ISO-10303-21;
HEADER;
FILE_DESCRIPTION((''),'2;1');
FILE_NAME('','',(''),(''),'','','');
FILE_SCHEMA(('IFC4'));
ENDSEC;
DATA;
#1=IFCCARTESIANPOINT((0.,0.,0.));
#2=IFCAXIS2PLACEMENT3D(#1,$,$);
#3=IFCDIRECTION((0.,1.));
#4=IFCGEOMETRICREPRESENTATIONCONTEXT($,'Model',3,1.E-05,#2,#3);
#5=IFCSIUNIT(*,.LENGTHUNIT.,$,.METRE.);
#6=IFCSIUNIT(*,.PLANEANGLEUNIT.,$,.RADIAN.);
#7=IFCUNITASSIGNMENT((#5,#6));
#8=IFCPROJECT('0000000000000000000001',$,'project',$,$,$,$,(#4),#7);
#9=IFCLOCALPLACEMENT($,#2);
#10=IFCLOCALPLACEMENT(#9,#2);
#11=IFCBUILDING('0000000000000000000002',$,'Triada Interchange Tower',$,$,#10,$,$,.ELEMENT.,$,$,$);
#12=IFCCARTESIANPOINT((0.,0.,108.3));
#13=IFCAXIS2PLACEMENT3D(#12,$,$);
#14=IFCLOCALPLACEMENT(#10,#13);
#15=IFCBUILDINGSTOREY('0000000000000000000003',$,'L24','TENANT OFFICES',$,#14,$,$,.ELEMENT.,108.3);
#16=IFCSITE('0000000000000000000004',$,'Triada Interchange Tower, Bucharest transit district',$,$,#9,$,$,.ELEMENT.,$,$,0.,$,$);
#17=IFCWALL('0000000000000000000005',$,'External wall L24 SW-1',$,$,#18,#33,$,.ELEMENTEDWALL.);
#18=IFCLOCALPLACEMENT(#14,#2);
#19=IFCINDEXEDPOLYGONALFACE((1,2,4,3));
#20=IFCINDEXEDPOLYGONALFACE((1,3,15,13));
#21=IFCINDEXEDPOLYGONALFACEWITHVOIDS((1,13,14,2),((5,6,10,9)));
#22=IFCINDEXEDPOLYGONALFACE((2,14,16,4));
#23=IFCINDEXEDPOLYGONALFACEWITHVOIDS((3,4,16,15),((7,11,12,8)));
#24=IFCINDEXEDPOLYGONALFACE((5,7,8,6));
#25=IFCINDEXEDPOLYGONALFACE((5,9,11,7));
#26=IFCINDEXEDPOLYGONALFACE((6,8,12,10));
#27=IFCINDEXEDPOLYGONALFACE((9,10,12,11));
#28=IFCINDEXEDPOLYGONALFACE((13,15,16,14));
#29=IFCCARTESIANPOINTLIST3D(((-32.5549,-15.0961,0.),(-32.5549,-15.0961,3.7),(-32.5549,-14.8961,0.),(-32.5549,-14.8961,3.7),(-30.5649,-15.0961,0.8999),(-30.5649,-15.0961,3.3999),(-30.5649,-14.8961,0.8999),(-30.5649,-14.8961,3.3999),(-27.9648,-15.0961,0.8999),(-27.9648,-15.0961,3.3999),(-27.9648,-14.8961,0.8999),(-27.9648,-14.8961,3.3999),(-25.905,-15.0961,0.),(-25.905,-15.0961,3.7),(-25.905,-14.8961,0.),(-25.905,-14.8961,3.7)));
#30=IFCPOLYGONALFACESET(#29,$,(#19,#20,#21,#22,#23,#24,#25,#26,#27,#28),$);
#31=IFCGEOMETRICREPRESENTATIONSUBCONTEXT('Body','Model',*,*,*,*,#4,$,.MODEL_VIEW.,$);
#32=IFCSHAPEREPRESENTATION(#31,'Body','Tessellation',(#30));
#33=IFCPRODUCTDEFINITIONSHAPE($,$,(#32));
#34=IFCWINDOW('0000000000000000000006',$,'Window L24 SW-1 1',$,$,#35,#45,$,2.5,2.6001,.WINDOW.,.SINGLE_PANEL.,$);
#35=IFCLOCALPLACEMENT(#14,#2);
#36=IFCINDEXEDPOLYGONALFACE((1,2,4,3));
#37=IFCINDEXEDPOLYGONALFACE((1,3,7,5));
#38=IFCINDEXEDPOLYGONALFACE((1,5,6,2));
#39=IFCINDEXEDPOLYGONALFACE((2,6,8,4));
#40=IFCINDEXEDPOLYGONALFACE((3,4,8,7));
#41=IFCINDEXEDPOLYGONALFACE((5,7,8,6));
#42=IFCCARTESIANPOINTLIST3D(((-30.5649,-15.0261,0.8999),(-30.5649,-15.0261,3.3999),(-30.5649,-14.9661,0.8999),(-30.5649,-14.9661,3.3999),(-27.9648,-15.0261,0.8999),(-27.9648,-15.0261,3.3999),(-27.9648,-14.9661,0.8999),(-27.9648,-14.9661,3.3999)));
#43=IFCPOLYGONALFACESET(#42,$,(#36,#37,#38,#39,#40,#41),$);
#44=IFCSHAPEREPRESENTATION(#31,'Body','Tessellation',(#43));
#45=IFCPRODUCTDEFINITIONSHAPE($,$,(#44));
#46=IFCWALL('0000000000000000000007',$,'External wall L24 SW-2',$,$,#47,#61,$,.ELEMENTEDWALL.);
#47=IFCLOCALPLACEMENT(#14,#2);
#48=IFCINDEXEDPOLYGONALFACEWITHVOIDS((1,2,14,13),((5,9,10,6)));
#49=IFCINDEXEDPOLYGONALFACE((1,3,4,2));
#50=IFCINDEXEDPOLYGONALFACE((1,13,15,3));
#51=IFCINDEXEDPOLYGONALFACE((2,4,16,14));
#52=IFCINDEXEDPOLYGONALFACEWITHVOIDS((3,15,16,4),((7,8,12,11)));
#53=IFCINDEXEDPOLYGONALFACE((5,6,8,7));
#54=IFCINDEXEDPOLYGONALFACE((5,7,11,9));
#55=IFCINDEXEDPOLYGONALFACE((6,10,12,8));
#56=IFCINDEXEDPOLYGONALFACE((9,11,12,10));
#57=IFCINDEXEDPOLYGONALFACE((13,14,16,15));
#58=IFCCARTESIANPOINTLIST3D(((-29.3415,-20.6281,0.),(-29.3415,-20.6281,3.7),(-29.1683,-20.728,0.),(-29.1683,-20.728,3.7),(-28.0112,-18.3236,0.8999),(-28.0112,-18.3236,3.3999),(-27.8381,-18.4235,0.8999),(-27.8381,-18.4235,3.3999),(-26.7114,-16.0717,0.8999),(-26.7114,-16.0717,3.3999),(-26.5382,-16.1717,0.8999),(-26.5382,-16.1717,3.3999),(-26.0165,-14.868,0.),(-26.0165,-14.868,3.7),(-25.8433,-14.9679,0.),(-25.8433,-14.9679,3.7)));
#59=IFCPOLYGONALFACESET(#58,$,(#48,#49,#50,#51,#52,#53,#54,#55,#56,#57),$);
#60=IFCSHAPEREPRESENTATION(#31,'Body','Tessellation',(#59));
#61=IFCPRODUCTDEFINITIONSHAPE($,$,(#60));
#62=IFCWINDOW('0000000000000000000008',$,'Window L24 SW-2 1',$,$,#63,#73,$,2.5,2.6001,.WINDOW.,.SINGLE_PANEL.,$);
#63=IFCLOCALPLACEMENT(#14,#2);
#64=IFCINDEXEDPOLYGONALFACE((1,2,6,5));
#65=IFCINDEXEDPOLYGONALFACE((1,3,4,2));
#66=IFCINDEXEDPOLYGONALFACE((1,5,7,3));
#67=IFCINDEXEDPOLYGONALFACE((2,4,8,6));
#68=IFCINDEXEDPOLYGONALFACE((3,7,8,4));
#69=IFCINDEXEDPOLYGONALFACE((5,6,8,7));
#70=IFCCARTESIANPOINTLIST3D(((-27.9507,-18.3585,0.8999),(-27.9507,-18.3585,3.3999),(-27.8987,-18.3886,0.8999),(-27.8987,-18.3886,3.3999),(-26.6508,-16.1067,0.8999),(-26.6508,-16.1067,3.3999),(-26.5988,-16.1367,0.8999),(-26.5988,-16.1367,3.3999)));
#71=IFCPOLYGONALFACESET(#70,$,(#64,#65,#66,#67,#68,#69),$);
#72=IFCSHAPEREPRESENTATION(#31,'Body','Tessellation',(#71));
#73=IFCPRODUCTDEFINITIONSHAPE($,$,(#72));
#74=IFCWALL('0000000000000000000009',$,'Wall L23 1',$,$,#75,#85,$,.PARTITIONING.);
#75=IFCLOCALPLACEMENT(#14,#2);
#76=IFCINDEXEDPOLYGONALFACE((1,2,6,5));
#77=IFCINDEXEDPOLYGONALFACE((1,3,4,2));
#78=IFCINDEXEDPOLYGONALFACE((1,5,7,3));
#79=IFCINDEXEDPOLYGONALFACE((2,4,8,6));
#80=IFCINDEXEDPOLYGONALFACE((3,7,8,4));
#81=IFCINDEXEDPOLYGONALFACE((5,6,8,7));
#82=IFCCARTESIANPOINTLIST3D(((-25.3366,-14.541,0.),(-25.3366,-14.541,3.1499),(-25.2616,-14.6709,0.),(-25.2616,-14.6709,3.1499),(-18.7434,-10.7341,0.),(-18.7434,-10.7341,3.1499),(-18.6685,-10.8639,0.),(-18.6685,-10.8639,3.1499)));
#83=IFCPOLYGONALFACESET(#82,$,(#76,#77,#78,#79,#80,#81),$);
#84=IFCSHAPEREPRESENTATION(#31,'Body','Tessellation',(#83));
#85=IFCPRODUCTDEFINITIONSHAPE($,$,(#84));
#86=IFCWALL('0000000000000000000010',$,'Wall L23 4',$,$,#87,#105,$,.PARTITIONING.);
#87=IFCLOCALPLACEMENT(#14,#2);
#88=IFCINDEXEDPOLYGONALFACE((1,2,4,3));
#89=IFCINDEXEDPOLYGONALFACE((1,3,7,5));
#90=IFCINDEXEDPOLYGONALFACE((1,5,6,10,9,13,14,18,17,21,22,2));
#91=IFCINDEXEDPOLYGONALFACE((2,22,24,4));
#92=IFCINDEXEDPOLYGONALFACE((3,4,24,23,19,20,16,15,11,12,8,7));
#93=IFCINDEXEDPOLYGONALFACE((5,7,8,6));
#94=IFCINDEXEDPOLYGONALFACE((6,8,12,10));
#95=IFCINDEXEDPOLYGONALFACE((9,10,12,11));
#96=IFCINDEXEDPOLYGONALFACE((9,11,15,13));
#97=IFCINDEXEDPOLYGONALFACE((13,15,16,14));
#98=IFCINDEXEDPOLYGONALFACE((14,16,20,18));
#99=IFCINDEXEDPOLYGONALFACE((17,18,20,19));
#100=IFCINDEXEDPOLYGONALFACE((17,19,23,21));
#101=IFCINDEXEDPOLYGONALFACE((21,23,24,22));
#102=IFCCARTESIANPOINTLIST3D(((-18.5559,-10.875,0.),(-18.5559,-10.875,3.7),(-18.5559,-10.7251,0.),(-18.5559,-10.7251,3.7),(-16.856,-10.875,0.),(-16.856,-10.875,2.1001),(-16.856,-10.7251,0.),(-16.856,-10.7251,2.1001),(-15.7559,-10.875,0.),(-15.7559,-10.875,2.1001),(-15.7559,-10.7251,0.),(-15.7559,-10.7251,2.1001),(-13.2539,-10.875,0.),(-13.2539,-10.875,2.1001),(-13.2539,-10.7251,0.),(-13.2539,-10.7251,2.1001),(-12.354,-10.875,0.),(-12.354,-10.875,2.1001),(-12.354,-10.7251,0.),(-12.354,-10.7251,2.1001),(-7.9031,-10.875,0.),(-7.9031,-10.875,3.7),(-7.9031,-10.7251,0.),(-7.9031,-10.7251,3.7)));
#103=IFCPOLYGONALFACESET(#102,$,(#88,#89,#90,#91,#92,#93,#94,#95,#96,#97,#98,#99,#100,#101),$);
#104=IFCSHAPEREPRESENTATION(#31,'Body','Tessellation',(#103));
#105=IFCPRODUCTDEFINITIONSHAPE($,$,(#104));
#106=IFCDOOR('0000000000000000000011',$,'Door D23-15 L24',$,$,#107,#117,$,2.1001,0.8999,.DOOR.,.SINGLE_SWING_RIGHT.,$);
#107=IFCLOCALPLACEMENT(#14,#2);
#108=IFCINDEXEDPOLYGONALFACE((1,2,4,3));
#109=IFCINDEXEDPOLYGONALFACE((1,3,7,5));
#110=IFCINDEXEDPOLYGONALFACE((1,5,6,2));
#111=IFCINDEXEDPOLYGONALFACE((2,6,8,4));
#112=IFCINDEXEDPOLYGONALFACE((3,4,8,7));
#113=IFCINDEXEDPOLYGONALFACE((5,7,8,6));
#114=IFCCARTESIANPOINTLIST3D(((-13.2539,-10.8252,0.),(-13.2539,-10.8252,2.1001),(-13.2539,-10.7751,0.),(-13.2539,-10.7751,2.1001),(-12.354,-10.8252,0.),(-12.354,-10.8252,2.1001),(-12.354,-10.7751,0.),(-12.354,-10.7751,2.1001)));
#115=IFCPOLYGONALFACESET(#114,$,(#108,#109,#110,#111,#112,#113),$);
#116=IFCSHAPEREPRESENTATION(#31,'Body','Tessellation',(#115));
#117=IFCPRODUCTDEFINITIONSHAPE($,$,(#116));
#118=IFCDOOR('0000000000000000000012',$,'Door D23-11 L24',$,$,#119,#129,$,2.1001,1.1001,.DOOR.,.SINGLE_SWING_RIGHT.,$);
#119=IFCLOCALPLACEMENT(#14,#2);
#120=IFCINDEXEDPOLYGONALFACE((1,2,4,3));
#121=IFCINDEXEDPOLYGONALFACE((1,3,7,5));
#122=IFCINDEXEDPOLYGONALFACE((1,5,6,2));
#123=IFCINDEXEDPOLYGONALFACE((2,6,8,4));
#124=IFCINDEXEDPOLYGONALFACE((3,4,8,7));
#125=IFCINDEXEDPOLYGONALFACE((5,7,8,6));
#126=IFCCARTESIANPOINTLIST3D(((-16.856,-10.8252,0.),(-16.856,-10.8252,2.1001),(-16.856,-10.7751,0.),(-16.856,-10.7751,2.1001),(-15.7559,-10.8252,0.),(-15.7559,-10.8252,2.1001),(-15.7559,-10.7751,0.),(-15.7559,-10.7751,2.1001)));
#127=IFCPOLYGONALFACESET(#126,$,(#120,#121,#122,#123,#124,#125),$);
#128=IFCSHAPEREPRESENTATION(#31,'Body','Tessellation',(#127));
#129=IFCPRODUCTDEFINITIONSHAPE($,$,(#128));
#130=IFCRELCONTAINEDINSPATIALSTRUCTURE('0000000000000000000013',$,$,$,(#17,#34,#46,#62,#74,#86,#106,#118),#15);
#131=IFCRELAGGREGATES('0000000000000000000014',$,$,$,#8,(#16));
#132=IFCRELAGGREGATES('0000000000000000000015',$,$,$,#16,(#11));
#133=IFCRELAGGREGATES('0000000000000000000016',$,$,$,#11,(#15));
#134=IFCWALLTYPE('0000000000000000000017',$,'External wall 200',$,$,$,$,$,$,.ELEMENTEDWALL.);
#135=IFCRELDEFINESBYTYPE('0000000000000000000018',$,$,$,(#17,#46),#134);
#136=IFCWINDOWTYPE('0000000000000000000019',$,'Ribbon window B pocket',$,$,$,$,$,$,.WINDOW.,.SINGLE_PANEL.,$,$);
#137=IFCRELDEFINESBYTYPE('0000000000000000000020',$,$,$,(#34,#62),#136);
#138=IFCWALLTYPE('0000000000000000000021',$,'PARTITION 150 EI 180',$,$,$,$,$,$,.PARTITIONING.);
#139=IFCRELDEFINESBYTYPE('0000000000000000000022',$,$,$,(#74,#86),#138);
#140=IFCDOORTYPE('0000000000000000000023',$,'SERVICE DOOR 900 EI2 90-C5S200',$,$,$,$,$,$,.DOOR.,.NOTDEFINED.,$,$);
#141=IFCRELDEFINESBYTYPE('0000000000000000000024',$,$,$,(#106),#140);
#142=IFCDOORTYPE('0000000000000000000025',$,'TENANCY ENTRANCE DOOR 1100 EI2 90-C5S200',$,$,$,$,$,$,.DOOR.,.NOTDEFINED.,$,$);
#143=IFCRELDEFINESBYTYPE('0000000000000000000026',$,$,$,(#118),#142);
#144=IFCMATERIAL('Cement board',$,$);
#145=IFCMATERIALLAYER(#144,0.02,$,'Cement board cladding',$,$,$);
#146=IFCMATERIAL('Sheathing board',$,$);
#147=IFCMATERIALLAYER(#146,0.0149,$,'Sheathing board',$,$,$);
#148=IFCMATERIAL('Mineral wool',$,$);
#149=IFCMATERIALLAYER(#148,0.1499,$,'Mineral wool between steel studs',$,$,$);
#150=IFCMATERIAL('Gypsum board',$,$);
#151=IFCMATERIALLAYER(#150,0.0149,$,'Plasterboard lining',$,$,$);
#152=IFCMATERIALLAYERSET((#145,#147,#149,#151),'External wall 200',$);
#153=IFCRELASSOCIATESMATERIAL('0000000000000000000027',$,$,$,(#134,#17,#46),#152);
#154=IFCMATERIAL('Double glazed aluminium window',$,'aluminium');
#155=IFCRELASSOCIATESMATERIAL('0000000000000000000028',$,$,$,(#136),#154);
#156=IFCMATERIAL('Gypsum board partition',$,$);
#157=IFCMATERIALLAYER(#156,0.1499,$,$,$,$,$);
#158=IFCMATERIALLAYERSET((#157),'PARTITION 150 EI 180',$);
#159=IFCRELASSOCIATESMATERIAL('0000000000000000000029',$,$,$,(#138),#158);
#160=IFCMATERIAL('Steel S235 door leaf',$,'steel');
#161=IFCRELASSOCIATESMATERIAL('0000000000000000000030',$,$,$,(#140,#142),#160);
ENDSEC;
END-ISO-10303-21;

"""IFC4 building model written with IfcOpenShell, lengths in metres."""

from ifc_helpers import new_model, si_unit, direction, frame, frame_2d, origin, place, context, subcontext, project, spatial, rectangle, extrude, material, layer, layer_set, layer_usage, type_object, element, fill, save


model = new_model("IFC4")

# Units and contexts
model_context = context("Model", 3, precision=1e-05, world=origin(), true_north=direction((0.0, 1.0)))
body_context = subcontext(model_context, "Body", "Model", "MODEL_VIEW")
ifc_project = project(units=[si_unit("LENGTHUNIT", "METRE"), si_unit("PLANEANGLEUNIT", "RADIAN")], contexts=[model_context])

# Site, building, storey
site_placement = place(None, origin())
site = spatial("IfcSite", under=ifc_project, at=site_placement, Name="Triada Interchange Tower, Bucharest transit district", CompositionType="ELEMENT", RefElevation=0.0)
building_placement = place(site_placement, origin())
building = spatial("IfcBuilding", under=site, at=building_placement, Name="Triada Interchange Tower", CompositionType="ELEMENT")
storey_placement = place(building_placement, frame((0.0, 0.0, 108.3)))
storey = spatial("IfcBuildingStorey", under=building, at=storey_placement, Name="L24", Description="TENANT OFFICES", CompositionType="ELEMENT", Elevation=108.3)

# Walls, openings, windows
ifc_material_1 = material(Name="Cement board")
ifc_layer_1 = layer(ifc_material_1, 0.02, Name="Cement board cladding")
ifc_material_2 = material(Name="Sheathing board")
ifc_layer_2 = layer(ifc_material_2, 0.0149, Name="Sheathing board")
ifc_material_3 = material(Name="Mineral wool")
ifc_layer_3 = layer(ifc_material_3, 0.1499, Name="Mineral wool between steel studs")
ifc_material_4 = material(Name="Gypsum board")
ifc_layer_4 = layer(ifc_material_4, 0.0149, Name="Plasterboard lining")
ifc_layer_set_1 = layer_set([ifc_layer_1, ifc_layer_2, ifc_layer_3, ifc_layer_4], Name="External wall 200")
ifc_layer_usage = layer_usage(ifc_layer_set_1, "AXIS2", "POSITIVE", -0.1001)
wall_type_1 = type_object("IfcWallType", Name="External wall 200", PredefinedType="ELEMENTEDWALL", material=ifc_layer_set_1)
wall_1_placement = place(storey_placement, frame((-32.5549, -14.9961, 0.0), z_axis=(0.0, 0.0, 1.0), x_axis=(1.0, 0.0, 0.0)))
wall_1 = element("IfcWall", 1, at=wall_1_placement, inside=storey, type_object=wall_type_1, material=ifc_layer_usage, Name="External wall L24 SW-1", PredefinedType="ELEMENTEDWALL", context=body_context, shape_type="SweptSolid", body=[
    extrude(rectangle(XDim=6.6499, YDim=0.2, at=frame_2d((3.325, 0.0))), origin(), (0.0, 0.0, 1.0), 3.7),
])
opening_1_placement = place(wall_1_placement, frame((1.99, 0.0, 0.8999)))
opening_1 = element("IfcOpeningElement", 2, at=opening_1_placement, cuts=wall_1, PredefinedType="OPENING", context=body_context, shape_type="SweptSolid", body=[
    extrude(rectangle(XDim=2.6001, YDim=2.5, at=frame_2d((1.3, 1.25))), frame((0.0, 0.1099, 0.0), z_axis=(0.0, -1.0, 0.0), x_axis=(1.0, 0.0, 0.0)), (0.0, 0.0, 1.0), 0.22),
])
ifc_material_5 = material(Name="Double glazed aluminium window", Category="aluminium")
window_type = type_object("IfcWindowType", Name="Ribbon window B pocket", PartitioningType="SINGLE_PANEL", PredefinedType="WINDOW", material=ifc_material_5)
window_1_placement = place(opening_1_placement, origin())
window_1 = element("IfcWindow", 3, at=window_1_placement, inside=storey, type_object=window_type, Name="Window L24 SW-1 1", OverallHeight=2.5, OverallWidth=2.6001, PartitioningType="SINGLE_PANEL", PredefinedType="WINDOW", context=body_context, shape_type="SweptSolid", body=[
    extrude(rectangle(XDim=2.6001, YDim=2.5, at=frame_2d((1.3, 1.25))), frame((0.0, 0.03, 0.0), z_axis=(0.0, -1.0, 0.0), x_axis=(1.0, 0.0, 0.0)), (0.0, 0.0, 1.0), 0.0601),
])
fill(opening_1, window_1)
wall_2_placement = place(storey_placement, frame((-25.9299, -14.918, 0.0), z_axis=(0.0, 0.0, 1.0), x_axis=(-0.499933, -0.866064, 0.0)))
wall_2 = element("IfcWall", 4, at=wall_2_placement, inside=storey, type_object=wall_type_1, material=ifc_layer_usage, Name="External wall L24 SW-2", PredefinedType="ELEMENTEDWALL", context=body_context, shape_type="SweptSolid", body=[
    extrude(rectangle(XDim=6.6509, YDim=0.2, at=frame_2d((3.3254, 0.0))), origin(), (0.0, 0.0, 1.0), 3.7),
])
opening_2_placement = place(wall_2_placement, frame((1.3899, 0.0, 0.8999)))
opening_2 = element("IfcOpeningElement", 5, at=opening_2_placement, cuts=wall_2, PredefinedType="OPENING", context=body_context, shape_type="SweptSolid", body=[
    extrude(rectangle(XDim=2.6001, YDim=2.5, at=frame_2d((1.3, 1.25))), frame((0.0, 0.1099, 0.0), z_axis=(0.0, -1.0, 0.0), x_axis=(1.0, 0.0, 0.0)), (0.0, 0.0, 1.0), 0.22),
])
window_2_placement = place(opening_2_placement, origin())
window_2 = element("IfcWindow", 6, at=window_2_placement, inside=storey, type_object=window_type, Name="Window L24 SW-2 1", OverallHeight=2.5, OverallWidth=2.6001, PartitioningType="SINGLE_PANEL", PredefinedType="WINDOW", context=body_context, shape_type="SweptSolid", body=[
    extrude(rectangle(XDim=2.6001, YDim=2.5, at=frame_2d((1.3, 1.25))), frame((0.0, 0.03, 0.0), z_axis=(0.0, -1.0, 0.0), x_axis=(1.0, 0.0, 0.0)), (0.0, 0.0, 1.0), 0.0601),
])
fill(opening_2, window_2)

# Wall
ifc_material_6 = material(Name="Gypsum board partition")
ifc_layer_5 = layer(ifc_material_6, 0.1499)
ifc_layer_set_2 = layer_set([ifc_layer_5], Name="PARTITION 150 EI 180")
wall_type_2 = type_object("IfcWallType", Name="PARTITION 150 EI 180", PredefinedType="PARTITIONING", material=ifc_layer_set_2)
wall_3_placement = place(storey_placement, frame((-25.2991, -14.606, 0.0), z_axis=(0.0, 0.0, 1.0), x_axis=(0.866002, 0.50004, 0.0)))
element("IfcWall", 7, at=wall_3_placement, inside=storey, type_object=wall_type_2, Name="Wall L23 1", PredefinedType="PARTITIONING", context=body_context, shape_type="SweptSolid", body=[
    extrude(rectangle(XDim=7.6133, YDim=0.1499, at=frame_2d((3.8066, 0.0))), origin(), (0.0, 0.0, 1.0), 3.1499),
])

# Wall, openings, doors
wall_4_placement = place(storey_placement, frame((-18.5559, -10.8, 0.0), z_axis=(0.0, 0.0, 1.0), x_axis=(1.0, 0.0, 0.0)))
wall_4 = element("IfcWall", 8, at=wall_4_placement, inside=storey, type_object=wall_type_2, Name="Wall L23 4", PredefinedType="PARTITIONING", context=body_context, shape_type="SweptSolid", body=[
    extrude(rectangle(XDim=10.6528, YDim=0.1499, at=frame_2d((5.3264, 0.0))), origin(), (0.0, 0.0, 1.0), 3.7),
])
opening_3_placement = place(wall_4_placement, frame((1.7, 0.0, 0.0)))
opening_3 = element("IfcOpeningElement", 9, at=opening_3_placement, cuts=wall_4, PredefinedType="OPENING", context=body_context, shape_type="SweptSolid", body=[
    extrude(rectangle(XDim=1.1001, YDim=2.1001, at=frame_2d((0.55, 1.05))), frame((0.0, 0.085, 0.0), z_axis=(0.0, -1.0, 0.0), x_axis=(1.0, 0.0, 0.0)), (0.0, 0.0, 1.0), 0.1699),
])
opening_4_placement = place(wall_4_placement, frame((5.302, 0.0, 0.0)))
opening_4 = element("IfcOpeningElement", 10, at=opening_4_placement, cuts=wall_4, PredefinedType="OPENING", context=body_context, shape_type="SweptSolid", body=[
    extrude(rectangle(XDim=0.8999, YDim=2.1001, at=frame_2d((0.45, 1.05))), frame((0.0, 0.085, 0.0), z_axis=(0.0, -1.0, 0.0), x_axis=(1.0, 0.0, 0.0)), (0.0, 0.0, 1.0), 0.1699),
])
ifc_material_7 = material(Name="Steel S235 door leaf", Category="steel")
door_type_1 = type_object("IfcDoorType", Name="SERVICE DOOR 900 EI2 90-C5S200", OperationType="NOTDEFINED", PredefinedType="DOOR", material=ifc_material_7)
door_1_placement = place(opening_4_placement, origin())
door_1 = element("IfcDoor", 11, at=door_1_placement, inside=storey, type_object=door_type_1, Name="Door D23-15 L24", OperationType="SINGLE_SWING_RIGHT", OverallHeight=2.1001, OverallWidth=0.8999, PredefinedType="DOOR", context=body_context, shape_type="SweptSolid", body=[
    extrude(rectangle(XDim=0.8999, YDim=2.1001, at=frame_2d((0.45, 1.05))), frame((0.0, 0.0249, 0.0), z_axis=(0.0, -1.0, 0.0), x_axis=(1.0, 0.0, 0.0)), (0.0, 0.0, 1.0), 0.05),
])
fill(opening_4, door_1)
door_type_2 = type_object("IfcDoorType", Name="TENANCY ENTRANCE DOOR 1100 EI2 90-C5S200", OperationType="NOTDEFINED", PredefinedType="DOOR", material=ifc_material_7)
door_2_placement = place(opening_3_placement, origin())
door_2 = element("IfcDoor", 12, at=door_2_placement, inside=storey, type_object=door_type_2, Name="Door D23-11 L24", OperationType="SINGLE_SWING_RIGHT", OverallHeight=2.1001, OverallWidth=1.1001, PredefinedType="DOOR", context=body_context, shape_type="SweptSolid", body=[
    extrude(rectangle(XDim=1.1001, YDim=2.1001, at=frame_2d((0.55, 1.05))), frame((0.0, 0.0249, 0.0), z_axis=(0.0, -1.0, 0.0), x_axis=(1.0, 0.0, 0.0)), (0.0, 0.0, 1.0), 0.05),
])
fill(opening_3, door_2)

save(model, "model.ifc")
